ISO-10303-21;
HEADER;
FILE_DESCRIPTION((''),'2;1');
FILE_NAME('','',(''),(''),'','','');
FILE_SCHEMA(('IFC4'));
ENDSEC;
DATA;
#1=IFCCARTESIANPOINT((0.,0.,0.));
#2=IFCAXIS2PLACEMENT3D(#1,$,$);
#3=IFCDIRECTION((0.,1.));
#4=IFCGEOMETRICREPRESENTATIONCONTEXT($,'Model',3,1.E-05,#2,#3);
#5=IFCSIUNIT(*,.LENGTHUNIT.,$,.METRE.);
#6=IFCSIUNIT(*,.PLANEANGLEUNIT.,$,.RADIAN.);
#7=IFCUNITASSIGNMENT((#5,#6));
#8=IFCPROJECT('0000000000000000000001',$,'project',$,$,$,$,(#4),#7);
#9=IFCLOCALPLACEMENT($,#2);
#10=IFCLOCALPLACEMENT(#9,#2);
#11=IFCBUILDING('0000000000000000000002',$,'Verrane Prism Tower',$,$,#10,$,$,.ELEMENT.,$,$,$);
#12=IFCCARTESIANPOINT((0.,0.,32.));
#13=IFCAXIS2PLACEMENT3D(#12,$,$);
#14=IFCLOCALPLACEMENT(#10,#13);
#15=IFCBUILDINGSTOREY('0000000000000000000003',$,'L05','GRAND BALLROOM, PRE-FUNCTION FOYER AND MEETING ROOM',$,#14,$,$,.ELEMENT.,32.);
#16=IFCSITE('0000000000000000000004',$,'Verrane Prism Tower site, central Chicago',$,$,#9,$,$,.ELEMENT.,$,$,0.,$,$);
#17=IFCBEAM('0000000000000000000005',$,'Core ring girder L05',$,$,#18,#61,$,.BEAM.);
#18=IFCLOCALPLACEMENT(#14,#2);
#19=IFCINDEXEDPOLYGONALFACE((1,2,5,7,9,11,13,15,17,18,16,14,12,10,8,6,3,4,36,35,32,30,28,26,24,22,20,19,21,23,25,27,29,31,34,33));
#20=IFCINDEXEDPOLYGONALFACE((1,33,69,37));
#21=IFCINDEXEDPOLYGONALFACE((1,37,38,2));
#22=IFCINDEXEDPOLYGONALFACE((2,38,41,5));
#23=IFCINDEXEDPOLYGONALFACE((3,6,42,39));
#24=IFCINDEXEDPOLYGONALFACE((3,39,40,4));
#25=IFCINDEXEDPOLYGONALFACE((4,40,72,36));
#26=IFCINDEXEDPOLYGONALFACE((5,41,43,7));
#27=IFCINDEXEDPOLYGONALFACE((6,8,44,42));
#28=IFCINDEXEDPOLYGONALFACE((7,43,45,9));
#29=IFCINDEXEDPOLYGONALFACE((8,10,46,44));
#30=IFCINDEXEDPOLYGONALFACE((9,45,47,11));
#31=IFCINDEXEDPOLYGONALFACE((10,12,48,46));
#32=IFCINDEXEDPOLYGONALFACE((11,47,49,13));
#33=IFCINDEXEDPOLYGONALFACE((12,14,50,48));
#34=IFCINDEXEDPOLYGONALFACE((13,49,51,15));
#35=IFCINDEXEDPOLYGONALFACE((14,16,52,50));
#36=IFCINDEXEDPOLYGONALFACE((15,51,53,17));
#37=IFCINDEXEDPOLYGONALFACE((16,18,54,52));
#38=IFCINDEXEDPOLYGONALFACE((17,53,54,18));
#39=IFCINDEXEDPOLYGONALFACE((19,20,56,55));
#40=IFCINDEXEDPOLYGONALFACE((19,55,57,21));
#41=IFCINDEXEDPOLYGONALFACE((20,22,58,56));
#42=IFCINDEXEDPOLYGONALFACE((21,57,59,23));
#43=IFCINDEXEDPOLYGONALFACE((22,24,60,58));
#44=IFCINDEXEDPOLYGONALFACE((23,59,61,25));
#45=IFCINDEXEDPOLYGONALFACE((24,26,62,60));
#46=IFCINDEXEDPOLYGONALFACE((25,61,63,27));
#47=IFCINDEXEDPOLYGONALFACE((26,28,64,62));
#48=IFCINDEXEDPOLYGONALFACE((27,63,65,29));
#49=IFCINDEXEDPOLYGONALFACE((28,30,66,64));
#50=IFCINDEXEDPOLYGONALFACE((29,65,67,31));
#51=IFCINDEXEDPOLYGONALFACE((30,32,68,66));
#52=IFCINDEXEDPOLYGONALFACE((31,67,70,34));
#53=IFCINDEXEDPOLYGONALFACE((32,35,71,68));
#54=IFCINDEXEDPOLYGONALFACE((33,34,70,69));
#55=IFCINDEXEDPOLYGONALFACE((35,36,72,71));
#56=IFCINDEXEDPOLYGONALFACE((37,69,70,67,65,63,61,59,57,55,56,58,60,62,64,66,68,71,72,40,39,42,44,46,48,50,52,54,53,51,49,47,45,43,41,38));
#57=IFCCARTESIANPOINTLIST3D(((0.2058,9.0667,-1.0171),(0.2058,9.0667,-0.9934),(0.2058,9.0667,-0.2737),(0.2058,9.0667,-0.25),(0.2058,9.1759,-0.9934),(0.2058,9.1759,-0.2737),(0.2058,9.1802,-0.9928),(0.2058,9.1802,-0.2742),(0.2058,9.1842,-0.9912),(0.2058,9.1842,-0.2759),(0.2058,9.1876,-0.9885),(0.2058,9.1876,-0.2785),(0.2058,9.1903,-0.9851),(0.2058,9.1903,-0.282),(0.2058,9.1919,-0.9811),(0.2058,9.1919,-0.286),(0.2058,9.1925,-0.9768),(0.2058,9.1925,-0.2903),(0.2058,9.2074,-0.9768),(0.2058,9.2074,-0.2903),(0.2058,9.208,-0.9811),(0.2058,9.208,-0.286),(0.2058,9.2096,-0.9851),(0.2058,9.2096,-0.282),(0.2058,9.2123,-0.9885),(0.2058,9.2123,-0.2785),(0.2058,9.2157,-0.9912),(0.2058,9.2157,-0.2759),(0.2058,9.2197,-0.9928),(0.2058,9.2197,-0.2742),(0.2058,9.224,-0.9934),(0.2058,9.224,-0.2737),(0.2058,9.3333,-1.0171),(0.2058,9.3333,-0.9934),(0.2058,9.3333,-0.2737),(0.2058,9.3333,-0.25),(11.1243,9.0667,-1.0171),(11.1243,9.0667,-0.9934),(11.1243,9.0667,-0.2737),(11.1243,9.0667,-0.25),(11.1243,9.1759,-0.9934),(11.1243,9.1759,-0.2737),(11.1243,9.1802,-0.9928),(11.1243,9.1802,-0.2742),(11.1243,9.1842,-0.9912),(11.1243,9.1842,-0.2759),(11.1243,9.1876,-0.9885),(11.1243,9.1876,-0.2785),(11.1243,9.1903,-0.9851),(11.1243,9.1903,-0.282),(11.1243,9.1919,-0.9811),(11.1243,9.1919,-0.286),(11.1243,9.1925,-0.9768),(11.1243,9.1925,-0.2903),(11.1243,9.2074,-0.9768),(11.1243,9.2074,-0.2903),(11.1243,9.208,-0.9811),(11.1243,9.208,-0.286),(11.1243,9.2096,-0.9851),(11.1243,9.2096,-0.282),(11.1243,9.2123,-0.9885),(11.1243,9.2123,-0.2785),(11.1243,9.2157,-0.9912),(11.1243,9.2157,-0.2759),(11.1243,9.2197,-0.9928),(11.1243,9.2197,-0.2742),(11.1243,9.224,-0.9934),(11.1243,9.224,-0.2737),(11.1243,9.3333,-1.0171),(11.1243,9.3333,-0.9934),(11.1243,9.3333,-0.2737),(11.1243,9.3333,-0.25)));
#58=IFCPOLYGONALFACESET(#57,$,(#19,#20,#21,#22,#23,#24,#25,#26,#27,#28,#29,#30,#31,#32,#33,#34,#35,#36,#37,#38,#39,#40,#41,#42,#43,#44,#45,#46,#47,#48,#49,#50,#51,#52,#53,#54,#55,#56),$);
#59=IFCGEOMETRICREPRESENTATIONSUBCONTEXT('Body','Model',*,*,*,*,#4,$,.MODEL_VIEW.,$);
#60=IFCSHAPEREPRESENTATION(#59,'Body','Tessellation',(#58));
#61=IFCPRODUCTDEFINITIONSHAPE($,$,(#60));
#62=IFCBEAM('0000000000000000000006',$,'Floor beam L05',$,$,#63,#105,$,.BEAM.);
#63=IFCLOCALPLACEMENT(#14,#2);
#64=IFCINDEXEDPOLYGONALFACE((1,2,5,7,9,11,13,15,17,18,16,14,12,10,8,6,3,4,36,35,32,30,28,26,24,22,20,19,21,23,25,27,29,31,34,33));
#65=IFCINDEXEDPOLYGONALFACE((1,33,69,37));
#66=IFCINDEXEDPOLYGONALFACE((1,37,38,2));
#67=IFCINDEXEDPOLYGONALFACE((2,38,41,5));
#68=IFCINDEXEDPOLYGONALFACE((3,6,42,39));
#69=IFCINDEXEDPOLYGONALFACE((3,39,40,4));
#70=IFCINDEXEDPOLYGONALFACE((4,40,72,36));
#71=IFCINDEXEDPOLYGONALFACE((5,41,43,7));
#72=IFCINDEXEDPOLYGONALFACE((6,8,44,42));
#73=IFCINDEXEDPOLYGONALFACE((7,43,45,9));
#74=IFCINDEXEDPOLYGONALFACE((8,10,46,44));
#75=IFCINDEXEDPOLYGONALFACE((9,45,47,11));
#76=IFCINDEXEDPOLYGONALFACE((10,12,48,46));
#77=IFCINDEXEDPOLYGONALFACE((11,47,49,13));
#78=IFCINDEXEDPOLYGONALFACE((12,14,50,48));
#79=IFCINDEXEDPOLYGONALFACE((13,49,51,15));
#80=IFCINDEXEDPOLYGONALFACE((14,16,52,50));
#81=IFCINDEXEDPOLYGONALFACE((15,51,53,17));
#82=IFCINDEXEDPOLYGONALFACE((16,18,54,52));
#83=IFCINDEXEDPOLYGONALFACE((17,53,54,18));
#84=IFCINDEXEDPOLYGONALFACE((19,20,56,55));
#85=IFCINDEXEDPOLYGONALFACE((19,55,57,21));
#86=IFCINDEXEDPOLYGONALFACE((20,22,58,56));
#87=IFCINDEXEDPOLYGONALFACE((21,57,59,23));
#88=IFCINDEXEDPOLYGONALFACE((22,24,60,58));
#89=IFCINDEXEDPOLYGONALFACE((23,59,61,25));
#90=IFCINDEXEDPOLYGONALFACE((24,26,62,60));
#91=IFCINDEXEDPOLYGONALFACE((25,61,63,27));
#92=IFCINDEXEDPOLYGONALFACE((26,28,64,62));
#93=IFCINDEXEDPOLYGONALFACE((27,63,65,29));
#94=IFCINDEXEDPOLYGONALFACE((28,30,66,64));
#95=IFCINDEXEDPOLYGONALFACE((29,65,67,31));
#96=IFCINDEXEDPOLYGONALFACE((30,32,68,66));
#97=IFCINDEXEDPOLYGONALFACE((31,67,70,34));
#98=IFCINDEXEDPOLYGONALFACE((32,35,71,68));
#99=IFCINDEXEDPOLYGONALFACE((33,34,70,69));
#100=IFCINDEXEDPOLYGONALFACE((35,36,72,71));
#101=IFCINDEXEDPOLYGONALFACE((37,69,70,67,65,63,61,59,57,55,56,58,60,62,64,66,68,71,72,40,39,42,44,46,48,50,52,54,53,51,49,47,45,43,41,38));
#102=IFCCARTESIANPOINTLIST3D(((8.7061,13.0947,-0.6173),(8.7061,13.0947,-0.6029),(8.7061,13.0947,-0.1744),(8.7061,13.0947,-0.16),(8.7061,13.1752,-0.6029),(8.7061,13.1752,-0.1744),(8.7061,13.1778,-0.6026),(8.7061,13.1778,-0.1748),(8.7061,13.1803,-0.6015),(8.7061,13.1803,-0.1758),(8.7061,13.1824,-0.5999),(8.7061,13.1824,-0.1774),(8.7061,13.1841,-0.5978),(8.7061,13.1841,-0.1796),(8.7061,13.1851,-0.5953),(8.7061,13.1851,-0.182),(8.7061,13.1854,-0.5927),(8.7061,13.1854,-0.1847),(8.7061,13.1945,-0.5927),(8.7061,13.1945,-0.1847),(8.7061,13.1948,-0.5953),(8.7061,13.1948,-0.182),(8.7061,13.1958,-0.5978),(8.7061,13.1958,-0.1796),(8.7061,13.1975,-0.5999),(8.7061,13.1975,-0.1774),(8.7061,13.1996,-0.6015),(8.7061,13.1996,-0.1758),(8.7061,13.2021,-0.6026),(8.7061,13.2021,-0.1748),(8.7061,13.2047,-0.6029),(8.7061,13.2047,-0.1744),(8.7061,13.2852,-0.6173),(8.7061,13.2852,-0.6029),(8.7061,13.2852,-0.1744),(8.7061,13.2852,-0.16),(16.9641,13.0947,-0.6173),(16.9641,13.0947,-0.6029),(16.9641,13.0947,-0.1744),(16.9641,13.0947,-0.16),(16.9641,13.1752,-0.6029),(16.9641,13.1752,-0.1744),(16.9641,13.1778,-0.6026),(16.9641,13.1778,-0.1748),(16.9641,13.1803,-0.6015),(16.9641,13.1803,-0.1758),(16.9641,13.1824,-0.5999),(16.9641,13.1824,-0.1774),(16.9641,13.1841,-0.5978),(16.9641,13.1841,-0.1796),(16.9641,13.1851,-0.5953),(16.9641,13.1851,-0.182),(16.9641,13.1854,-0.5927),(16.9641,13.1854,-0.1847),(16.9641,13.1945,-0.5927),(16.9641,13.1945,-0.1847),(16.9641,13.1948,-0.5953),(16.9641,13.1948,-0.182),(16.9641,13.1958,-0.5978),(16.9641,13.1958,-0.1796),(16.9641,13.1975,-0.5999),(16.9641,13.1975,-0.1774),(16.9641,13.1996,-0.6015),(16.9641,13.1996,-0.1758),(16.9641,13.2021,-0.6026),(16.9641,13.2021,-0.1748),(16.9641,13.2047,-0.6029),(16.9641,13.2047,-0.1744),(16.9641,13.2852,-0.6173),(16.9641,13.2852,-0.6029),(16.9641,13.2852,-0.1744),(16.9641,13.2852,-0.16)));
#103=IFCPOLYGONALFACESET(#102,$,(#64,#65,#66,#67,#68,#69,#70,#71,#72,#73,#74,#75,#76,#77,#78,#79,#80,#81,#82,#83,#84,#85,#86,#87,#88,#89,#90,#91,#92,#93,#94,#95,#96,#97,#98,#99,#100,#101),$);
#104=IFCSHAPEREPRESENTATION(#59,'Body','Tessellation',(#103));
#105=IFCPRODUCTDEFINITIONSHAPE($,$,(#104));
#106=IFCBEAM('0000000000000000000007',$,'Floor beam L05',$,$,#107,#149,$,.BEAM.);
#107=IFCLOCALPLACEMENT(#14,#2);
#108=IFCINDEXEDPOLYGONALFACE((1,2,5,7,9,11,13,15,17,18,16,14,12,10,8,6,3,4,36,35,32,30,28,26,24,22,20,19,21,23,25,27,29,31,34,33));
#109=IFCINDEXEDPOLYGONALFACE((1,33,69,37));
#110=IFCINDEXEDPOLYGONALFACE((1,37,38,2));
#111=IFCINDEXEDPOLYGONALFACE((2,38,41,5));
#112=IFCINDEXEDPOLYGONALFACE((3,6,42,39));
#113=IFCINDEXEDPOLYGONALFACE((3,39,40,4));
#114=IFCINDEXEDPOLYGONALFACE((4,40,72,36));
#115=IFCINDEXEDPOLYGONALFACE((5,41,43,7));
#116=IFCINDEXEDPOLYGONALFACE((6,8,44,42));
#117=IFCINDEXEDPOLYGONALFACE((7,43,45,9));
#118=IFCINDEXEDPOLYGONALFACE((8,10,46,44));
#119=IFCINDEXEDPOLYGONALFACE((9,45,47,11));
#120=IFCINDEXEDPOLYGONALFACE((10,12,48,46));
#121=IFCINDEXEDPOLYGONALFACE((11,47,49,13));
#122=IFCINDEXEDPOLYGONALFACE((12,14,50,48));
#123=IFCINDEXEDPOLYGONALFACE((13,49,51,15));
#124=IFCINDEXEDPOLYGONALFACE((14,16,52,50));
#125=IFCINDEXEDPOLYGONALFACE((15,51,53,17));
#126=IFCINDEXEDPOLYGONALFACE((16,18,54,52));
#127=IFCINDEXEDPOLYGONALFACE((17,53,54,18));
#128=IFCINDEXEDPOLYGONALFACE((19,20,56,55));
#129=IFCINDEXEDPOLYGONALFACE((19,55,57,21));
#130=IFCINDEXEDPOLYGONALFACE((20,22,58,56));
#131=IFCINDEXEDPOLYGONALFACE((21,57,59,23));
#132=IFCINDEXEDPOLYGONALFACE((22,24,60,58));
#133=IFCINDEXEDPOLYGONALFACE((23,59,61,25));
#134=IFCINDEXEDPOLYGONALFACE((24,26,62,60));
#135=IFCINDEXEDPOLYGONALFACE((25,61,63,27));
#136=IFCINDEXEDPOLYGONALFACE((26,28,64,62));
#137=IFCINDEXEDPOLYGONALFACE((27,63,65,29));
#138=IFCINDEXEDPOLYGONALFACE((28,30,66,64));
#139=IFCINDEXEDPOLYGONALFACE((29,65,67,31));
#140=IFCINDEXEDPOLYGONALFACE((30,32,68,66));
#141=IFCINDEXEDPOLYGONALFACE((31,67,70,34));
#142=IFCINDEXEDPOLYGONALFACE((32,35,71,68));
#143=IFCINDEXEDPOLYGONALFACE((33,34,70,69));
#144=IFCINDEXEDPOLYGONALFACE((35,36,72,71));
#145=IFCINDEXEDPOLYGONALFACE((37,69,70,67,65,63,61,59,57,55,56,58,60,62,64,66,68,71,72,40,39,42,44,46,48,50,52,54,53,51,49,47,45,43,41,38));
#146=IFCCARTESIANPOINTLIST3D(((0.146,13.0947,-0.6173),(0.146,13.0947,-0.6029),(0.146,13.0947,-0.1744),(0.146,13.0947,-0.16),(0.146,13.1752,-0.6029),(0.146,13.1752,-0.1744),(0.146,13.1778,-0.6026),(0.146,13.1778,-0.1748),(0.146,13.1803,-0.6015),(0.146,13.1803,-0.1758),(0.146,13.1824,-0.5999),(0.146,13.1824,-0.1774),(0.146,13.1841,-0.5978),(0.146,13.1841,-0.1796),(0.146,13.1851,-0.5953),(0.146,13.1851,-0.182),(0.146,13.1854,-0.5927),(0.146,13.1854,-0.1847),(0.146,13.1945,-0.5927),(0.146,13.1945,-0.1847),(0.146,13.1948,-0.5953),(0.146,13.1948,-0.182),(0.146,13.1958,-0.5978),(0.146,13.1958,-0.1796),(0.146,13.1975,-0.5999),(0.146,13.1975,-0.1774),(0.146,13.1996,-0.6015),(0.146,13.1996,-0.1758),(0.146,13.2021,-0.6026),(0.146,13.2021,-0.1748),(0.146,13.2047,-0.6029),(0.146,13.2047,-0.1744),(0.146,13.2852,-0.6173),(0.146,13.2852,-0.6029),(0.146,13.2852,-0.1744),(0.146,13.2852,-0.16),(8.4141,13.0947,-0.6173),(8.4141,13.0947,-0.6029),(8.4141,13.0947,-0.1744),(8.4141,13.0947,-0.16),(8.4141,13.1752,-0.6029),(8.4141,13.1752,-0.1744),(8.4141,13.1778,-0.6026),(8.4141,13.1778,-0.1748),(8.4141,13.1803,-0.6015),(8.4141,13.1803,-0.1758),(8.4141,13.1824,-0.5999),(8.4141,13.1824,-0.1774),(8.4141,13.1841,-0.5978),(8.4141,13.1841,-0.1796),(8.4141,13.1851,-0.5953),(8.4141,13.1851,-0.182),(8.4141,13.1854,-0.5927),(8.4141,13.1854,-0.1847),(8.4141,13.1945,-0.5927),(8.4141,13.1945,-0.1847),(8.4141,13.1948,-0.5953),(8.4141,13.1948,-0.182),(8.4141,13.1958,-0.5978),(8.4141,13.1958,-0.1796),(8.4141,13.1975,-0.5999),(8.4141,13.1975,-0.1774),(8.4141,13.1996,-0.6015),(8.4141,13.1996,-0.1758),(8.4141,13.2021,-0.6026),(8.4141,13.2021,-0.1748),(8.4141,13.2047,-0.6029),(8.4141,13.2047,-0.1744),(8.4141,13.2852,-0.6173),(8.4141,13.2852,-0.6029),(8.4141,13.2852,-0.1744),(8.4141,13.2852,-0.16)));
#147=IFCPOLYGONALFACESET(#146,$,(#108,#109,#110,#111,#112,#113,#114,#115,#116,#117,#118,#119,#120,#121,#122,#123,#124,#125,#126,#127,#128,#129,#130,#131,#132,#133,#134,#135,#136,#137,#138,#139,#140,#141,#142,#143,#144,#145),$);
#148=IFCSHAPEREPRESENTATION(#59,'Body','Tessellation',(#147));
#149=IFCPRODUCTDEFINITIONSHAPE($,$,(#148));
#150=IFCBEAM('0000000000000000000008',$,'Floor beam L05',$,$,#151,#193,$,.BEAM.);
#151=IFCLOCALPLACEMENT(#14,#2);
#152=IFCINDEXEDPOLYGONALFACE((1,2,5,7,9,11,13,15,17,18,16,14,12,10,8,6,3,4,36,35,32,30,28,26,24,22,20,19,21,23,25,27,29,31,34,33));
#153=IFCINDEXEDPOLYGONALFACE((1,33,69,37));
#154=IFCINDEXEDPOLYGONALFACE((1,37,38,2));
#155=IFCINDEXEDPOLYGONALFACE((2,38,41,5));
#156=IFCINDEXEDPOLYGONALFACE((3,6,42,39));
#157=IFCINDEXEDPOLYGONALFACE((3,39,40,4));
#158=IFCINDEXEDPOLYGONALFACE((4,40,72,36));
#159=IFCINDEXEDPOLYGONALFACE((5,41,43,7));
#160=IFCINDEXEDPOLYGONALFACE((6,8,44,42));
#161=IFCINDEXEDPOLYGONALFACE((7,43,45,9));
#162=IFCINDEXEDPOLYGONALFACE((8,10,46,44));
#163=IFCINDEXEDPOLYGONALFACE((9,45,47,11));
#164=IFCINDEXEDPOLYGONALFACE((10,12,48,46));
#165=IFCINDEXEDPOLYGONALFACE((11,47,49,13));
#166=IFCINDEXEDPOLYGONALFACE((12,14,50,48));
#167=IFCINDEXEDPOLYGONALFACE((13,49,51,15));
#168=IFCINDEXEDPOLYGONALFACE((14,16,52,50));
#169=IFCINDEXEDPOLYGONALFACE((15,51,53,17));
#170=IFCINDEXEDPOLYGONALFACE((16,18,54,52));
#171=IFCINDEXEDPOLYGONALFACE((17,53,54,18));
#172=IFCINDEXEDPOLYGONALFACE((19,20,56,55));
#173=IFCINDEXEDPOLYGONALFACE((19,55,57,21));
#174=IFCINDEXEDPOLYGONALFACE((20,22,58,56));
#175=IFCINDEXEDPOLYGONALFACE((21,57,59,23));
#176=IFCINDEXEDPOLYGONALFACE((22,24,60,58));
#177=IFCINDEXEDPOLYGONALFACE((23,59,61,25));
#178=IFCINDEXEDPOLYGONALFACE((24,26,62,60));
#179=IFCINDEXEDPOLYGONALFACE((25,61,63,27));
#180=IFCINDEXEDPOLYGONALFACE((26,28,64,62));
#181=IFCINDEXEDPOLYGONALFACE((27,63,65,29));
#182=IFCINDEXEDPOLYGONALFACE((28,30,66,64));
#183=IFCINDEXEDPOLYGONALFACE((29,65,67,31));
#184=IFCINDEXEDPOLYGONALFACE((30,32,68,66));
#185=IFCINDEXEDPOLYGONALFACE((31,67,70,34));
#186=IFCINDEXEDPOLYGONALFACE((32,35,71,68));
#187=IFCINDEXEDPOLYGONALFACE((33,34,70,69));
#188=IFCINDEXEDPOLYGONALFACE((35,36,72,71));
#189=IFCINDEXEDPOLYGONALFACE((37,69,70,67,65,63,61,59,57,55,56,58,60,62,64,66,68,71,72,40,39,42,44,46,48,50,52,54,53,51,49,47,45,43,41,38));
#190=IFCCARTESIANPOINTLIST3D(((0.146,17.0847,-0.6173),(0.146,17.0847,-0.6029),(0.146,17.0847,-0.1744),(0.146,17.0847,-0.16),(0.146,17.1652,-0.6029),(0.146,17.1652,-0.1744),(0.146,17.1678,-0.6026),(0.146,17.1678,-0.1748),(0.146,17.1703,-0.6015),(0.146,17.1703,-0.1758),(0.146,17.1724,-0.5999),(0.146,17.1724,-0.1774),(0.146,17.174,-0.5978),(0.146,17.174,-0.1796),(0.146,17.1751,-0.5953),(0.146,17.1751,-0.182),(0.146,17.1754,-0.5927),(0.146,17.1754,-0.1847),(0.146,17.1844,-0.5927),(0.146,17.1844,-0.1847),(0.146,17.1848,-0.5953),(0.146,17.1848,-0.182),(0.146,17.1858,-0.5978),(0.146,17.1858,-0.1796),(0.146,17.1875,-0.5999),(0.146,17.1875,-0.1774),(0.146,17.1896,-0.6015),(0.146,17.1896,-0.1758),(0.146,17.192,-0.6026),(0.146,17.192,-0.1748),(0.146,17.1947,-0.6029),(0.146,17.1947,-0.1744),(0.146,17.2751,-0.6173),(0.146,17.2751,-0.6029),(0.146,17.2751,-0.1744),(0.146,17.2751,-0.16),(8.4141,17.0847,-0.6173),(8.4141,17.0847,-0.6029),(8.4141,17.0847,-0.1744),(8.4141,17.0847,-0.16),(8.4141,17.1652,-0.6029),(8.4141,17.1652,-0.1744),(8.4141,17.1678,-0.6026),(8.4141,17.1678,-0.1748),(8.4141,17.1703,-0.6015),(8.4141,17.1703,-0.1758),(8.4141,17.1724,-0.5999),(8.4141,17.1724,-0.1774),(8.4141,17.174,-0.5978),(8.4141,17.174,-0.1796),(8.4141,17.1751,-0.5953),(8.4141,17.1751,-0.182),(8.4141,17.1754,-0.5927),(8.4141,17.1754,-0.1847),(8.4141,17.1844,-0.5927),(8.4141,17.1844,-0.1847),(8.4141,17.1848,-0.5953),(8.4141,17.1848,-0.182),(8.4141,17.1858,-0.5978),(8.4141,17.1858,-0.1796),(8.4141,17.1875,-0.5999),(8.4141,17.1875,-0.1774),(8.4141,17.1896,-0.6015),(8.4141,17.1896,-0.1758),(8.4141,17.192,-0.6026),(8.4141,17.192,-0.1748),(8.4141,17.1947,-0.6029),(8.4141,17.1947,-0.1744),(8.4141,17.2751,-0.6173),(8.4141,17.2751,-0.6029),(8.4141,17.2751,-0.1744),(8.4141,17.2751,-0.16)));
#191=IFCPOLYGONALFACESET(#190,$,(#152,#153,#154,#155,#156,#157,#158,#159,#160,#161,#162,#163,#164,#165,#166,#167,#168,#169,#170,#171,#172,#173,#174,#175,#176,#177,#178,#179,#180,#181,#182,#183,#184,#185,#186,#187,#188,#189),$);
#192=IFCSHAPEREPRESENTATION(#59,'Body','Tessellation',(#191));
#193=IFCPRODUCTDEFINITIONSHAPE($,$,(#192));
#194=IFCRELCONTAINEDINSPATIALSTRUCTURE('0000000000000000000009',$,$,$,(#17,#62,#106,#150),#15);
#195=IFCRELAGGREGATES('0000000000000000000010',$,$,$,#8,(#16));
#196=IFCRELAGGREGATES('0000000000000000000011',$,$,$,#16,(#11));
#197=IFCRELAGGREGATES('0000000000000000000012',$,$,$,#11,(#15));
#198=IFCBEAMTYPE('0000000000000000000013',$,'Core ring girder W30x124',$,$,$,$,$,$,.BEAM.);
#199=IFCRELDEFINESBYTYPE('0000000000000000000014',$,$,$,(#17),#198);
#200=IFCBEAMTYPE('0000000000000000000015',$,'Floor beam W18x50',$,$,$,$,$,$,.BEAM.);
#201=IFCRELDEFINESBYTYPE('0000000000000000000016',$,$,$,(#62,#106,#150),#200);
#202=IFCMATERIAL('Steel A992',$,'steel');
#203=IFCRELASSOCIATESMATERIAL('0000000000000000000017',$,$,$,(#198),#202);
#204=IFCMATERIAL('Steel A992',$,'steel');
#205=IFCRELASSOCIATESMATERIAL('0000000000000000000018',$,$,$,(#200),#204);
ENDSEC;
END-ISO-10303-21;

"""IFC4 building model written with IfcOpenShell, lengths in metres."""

from ifc_helpers import new_model, si_unit, direction, frame, origin, origin_2d, place, context, subcontext, project, spatial, i_section, extrude, material, material_profile, profile_set, type_object, element, save


model = new_model("IFC4")

# Units and contexts
model_context = context("Model", 3, precision=1e-05, world=origin(), true_north=direction((0.0, 1.0)))
body_context = subcontext(model_context, "Body", "Model", "MODEL_VIEW")
ifc_project = project(units=[si_unit("LENGTHUNIT", "METRE"), si_unit("PLANEANGLEUNIT", "RADIAN")], contexts=[model_context])

# Site, building, storey
site_placement = place(None, origin())
site = spatial("IfcSite", under=ifc_project, at=site_placement, Name="Verrane Prism Tower site, central Chicago", CompositionType="ELEMENT", RefElevation=0.0)
building_placement = place(site_placement, origin())
building = spatial("IfcBuilding", under=site, at=building_placement, Name="Verrane Prism Tower", CompositionType="ELEMENT")
storey_placement = place(building_placement, frame((0.0, 0.0, 32.0)))
storey = spatial("IfcBuildingStorey", under=building, at=storey_placement, Name="L05", Description="GRAND BALLROOM, PRE-FUNCTION FOYER AND MEETING ROOM", CompositionType="ELEMENT", Elevation=32.0)

# Beams
ifc_material_1 = material(Name="Steel A992", Category="steel")
ifc_material_profile_1 = material_profile(ifc_material_1, i_section(OverallWidth=0.2666, OverallDepth=0.7671, WebThickness=0.0149, FlangeThickness=0.0237, FilletRadius=0.0166, at=origin_2d()), Name="W30x124")
ifc_profile_set_1 = profile_set([ifc_material_profile_1], Name="Steel A992")
beam_type_1 = type_object("IfcBeamType", Name="Core ring girder W30x124", PredefinedType="BEAM", material=ifc_profile_set_1)
beam_1_placement = place(storey_placement, frame((11.1243, 9.2, -0.6335), z_axis=(-1.0, 0.0, 0.0), x_axis=(0.0, -1.0, 0.0)))
element("IfcBeam", 1, at=beam_1_placement, inside=storey, type_object=beam_type_1, Name="Core ring girder L05", PredefinedType="BEAM", context=body_context, shape_type="SweptSolid", body=[
    extrude(i_section(OverallWidth=0.2666, OverallDepth=0.7671, WebThickness=0.0149, FlangeThickness=0.0237, FilletRadius=0.0166, at=origin_2d()), origin(), (0.0, 0.0, 1.0), 10.9185),
])
ifc_material_2 = material(Name="Steel A992", Category="steel")
ifc_material_profile_2 = material_profile(ifc_material_2, i_section(OverallWidth=0.1904, OverallDepth=0.4573, WebThickness=0.009, FlangeThickness=0.0144, FilletRadius=0.0103, at=origin_2d()), Name="W18x50")
ifc_profile_set_2 = profile_set([ifc_material_profile_2], Name="Steel A992")
beam_type_2 = type_object("IfcBeamType", Name="Floor beam W18x50", PredefinedType="BEAM", material=ifc_profile_set_2)
beam_2_placement = place(storey_placement, frame((8.7061, 13.1899, -0.3887), z_axis=(1.0, 0.0, 0.0), x_axis=(0.0, 1.0, 0.0)))
element("IfcBeam", 2, at=beam_2_placement, inside=storey, type_object=beam_type_2, Name="Floor beam L05", PredefinedType="BEAM", context=body_context, shape_type="SweptSolid", body=[
    extrude(i_section(OverallWidth=0.1904, OverallDepth=0.4573, WebThickness=0.009, FlangeThickness=0.0144, FilletRadius=0.0103, at=origin_2d()), origin(), (0.0, 0.0, 1.0), 8.2581),
])
for number, where, z_axis, x_axis, name in (
    (3, (0.146, 13.1899, -0.3887), (1.0, 0.0, 0.0), (0.0, 1.0, 0.0), "Floor beam L05"),
    (4, (0.146, 17.1799, -0.3887), (1.0, 0.0, 0.0), (0.0, 1.0, 0.0), "Floor beam L05"),
):
    element("IfcBeam", number, at=place(storey_placement, frame(where, z_axis=z_axis, x_axis=x_axis)), inside=storey, type_object=beam_type_2, Name=name, PredefinedType="BEAM", context=body_context, shape_type="SweptSolid", body=[
        extrude(i_section(OverallWidth=0.1904, OverallDepth=0.4573, WebThickness=0.009, FlangeThickness=0.0144, FilletRadius=0.0103, at=origin_2d()), origin(), (0.0, 0.0, 1.0), 8.2681),
    ])

save(model, "model.ifc")
